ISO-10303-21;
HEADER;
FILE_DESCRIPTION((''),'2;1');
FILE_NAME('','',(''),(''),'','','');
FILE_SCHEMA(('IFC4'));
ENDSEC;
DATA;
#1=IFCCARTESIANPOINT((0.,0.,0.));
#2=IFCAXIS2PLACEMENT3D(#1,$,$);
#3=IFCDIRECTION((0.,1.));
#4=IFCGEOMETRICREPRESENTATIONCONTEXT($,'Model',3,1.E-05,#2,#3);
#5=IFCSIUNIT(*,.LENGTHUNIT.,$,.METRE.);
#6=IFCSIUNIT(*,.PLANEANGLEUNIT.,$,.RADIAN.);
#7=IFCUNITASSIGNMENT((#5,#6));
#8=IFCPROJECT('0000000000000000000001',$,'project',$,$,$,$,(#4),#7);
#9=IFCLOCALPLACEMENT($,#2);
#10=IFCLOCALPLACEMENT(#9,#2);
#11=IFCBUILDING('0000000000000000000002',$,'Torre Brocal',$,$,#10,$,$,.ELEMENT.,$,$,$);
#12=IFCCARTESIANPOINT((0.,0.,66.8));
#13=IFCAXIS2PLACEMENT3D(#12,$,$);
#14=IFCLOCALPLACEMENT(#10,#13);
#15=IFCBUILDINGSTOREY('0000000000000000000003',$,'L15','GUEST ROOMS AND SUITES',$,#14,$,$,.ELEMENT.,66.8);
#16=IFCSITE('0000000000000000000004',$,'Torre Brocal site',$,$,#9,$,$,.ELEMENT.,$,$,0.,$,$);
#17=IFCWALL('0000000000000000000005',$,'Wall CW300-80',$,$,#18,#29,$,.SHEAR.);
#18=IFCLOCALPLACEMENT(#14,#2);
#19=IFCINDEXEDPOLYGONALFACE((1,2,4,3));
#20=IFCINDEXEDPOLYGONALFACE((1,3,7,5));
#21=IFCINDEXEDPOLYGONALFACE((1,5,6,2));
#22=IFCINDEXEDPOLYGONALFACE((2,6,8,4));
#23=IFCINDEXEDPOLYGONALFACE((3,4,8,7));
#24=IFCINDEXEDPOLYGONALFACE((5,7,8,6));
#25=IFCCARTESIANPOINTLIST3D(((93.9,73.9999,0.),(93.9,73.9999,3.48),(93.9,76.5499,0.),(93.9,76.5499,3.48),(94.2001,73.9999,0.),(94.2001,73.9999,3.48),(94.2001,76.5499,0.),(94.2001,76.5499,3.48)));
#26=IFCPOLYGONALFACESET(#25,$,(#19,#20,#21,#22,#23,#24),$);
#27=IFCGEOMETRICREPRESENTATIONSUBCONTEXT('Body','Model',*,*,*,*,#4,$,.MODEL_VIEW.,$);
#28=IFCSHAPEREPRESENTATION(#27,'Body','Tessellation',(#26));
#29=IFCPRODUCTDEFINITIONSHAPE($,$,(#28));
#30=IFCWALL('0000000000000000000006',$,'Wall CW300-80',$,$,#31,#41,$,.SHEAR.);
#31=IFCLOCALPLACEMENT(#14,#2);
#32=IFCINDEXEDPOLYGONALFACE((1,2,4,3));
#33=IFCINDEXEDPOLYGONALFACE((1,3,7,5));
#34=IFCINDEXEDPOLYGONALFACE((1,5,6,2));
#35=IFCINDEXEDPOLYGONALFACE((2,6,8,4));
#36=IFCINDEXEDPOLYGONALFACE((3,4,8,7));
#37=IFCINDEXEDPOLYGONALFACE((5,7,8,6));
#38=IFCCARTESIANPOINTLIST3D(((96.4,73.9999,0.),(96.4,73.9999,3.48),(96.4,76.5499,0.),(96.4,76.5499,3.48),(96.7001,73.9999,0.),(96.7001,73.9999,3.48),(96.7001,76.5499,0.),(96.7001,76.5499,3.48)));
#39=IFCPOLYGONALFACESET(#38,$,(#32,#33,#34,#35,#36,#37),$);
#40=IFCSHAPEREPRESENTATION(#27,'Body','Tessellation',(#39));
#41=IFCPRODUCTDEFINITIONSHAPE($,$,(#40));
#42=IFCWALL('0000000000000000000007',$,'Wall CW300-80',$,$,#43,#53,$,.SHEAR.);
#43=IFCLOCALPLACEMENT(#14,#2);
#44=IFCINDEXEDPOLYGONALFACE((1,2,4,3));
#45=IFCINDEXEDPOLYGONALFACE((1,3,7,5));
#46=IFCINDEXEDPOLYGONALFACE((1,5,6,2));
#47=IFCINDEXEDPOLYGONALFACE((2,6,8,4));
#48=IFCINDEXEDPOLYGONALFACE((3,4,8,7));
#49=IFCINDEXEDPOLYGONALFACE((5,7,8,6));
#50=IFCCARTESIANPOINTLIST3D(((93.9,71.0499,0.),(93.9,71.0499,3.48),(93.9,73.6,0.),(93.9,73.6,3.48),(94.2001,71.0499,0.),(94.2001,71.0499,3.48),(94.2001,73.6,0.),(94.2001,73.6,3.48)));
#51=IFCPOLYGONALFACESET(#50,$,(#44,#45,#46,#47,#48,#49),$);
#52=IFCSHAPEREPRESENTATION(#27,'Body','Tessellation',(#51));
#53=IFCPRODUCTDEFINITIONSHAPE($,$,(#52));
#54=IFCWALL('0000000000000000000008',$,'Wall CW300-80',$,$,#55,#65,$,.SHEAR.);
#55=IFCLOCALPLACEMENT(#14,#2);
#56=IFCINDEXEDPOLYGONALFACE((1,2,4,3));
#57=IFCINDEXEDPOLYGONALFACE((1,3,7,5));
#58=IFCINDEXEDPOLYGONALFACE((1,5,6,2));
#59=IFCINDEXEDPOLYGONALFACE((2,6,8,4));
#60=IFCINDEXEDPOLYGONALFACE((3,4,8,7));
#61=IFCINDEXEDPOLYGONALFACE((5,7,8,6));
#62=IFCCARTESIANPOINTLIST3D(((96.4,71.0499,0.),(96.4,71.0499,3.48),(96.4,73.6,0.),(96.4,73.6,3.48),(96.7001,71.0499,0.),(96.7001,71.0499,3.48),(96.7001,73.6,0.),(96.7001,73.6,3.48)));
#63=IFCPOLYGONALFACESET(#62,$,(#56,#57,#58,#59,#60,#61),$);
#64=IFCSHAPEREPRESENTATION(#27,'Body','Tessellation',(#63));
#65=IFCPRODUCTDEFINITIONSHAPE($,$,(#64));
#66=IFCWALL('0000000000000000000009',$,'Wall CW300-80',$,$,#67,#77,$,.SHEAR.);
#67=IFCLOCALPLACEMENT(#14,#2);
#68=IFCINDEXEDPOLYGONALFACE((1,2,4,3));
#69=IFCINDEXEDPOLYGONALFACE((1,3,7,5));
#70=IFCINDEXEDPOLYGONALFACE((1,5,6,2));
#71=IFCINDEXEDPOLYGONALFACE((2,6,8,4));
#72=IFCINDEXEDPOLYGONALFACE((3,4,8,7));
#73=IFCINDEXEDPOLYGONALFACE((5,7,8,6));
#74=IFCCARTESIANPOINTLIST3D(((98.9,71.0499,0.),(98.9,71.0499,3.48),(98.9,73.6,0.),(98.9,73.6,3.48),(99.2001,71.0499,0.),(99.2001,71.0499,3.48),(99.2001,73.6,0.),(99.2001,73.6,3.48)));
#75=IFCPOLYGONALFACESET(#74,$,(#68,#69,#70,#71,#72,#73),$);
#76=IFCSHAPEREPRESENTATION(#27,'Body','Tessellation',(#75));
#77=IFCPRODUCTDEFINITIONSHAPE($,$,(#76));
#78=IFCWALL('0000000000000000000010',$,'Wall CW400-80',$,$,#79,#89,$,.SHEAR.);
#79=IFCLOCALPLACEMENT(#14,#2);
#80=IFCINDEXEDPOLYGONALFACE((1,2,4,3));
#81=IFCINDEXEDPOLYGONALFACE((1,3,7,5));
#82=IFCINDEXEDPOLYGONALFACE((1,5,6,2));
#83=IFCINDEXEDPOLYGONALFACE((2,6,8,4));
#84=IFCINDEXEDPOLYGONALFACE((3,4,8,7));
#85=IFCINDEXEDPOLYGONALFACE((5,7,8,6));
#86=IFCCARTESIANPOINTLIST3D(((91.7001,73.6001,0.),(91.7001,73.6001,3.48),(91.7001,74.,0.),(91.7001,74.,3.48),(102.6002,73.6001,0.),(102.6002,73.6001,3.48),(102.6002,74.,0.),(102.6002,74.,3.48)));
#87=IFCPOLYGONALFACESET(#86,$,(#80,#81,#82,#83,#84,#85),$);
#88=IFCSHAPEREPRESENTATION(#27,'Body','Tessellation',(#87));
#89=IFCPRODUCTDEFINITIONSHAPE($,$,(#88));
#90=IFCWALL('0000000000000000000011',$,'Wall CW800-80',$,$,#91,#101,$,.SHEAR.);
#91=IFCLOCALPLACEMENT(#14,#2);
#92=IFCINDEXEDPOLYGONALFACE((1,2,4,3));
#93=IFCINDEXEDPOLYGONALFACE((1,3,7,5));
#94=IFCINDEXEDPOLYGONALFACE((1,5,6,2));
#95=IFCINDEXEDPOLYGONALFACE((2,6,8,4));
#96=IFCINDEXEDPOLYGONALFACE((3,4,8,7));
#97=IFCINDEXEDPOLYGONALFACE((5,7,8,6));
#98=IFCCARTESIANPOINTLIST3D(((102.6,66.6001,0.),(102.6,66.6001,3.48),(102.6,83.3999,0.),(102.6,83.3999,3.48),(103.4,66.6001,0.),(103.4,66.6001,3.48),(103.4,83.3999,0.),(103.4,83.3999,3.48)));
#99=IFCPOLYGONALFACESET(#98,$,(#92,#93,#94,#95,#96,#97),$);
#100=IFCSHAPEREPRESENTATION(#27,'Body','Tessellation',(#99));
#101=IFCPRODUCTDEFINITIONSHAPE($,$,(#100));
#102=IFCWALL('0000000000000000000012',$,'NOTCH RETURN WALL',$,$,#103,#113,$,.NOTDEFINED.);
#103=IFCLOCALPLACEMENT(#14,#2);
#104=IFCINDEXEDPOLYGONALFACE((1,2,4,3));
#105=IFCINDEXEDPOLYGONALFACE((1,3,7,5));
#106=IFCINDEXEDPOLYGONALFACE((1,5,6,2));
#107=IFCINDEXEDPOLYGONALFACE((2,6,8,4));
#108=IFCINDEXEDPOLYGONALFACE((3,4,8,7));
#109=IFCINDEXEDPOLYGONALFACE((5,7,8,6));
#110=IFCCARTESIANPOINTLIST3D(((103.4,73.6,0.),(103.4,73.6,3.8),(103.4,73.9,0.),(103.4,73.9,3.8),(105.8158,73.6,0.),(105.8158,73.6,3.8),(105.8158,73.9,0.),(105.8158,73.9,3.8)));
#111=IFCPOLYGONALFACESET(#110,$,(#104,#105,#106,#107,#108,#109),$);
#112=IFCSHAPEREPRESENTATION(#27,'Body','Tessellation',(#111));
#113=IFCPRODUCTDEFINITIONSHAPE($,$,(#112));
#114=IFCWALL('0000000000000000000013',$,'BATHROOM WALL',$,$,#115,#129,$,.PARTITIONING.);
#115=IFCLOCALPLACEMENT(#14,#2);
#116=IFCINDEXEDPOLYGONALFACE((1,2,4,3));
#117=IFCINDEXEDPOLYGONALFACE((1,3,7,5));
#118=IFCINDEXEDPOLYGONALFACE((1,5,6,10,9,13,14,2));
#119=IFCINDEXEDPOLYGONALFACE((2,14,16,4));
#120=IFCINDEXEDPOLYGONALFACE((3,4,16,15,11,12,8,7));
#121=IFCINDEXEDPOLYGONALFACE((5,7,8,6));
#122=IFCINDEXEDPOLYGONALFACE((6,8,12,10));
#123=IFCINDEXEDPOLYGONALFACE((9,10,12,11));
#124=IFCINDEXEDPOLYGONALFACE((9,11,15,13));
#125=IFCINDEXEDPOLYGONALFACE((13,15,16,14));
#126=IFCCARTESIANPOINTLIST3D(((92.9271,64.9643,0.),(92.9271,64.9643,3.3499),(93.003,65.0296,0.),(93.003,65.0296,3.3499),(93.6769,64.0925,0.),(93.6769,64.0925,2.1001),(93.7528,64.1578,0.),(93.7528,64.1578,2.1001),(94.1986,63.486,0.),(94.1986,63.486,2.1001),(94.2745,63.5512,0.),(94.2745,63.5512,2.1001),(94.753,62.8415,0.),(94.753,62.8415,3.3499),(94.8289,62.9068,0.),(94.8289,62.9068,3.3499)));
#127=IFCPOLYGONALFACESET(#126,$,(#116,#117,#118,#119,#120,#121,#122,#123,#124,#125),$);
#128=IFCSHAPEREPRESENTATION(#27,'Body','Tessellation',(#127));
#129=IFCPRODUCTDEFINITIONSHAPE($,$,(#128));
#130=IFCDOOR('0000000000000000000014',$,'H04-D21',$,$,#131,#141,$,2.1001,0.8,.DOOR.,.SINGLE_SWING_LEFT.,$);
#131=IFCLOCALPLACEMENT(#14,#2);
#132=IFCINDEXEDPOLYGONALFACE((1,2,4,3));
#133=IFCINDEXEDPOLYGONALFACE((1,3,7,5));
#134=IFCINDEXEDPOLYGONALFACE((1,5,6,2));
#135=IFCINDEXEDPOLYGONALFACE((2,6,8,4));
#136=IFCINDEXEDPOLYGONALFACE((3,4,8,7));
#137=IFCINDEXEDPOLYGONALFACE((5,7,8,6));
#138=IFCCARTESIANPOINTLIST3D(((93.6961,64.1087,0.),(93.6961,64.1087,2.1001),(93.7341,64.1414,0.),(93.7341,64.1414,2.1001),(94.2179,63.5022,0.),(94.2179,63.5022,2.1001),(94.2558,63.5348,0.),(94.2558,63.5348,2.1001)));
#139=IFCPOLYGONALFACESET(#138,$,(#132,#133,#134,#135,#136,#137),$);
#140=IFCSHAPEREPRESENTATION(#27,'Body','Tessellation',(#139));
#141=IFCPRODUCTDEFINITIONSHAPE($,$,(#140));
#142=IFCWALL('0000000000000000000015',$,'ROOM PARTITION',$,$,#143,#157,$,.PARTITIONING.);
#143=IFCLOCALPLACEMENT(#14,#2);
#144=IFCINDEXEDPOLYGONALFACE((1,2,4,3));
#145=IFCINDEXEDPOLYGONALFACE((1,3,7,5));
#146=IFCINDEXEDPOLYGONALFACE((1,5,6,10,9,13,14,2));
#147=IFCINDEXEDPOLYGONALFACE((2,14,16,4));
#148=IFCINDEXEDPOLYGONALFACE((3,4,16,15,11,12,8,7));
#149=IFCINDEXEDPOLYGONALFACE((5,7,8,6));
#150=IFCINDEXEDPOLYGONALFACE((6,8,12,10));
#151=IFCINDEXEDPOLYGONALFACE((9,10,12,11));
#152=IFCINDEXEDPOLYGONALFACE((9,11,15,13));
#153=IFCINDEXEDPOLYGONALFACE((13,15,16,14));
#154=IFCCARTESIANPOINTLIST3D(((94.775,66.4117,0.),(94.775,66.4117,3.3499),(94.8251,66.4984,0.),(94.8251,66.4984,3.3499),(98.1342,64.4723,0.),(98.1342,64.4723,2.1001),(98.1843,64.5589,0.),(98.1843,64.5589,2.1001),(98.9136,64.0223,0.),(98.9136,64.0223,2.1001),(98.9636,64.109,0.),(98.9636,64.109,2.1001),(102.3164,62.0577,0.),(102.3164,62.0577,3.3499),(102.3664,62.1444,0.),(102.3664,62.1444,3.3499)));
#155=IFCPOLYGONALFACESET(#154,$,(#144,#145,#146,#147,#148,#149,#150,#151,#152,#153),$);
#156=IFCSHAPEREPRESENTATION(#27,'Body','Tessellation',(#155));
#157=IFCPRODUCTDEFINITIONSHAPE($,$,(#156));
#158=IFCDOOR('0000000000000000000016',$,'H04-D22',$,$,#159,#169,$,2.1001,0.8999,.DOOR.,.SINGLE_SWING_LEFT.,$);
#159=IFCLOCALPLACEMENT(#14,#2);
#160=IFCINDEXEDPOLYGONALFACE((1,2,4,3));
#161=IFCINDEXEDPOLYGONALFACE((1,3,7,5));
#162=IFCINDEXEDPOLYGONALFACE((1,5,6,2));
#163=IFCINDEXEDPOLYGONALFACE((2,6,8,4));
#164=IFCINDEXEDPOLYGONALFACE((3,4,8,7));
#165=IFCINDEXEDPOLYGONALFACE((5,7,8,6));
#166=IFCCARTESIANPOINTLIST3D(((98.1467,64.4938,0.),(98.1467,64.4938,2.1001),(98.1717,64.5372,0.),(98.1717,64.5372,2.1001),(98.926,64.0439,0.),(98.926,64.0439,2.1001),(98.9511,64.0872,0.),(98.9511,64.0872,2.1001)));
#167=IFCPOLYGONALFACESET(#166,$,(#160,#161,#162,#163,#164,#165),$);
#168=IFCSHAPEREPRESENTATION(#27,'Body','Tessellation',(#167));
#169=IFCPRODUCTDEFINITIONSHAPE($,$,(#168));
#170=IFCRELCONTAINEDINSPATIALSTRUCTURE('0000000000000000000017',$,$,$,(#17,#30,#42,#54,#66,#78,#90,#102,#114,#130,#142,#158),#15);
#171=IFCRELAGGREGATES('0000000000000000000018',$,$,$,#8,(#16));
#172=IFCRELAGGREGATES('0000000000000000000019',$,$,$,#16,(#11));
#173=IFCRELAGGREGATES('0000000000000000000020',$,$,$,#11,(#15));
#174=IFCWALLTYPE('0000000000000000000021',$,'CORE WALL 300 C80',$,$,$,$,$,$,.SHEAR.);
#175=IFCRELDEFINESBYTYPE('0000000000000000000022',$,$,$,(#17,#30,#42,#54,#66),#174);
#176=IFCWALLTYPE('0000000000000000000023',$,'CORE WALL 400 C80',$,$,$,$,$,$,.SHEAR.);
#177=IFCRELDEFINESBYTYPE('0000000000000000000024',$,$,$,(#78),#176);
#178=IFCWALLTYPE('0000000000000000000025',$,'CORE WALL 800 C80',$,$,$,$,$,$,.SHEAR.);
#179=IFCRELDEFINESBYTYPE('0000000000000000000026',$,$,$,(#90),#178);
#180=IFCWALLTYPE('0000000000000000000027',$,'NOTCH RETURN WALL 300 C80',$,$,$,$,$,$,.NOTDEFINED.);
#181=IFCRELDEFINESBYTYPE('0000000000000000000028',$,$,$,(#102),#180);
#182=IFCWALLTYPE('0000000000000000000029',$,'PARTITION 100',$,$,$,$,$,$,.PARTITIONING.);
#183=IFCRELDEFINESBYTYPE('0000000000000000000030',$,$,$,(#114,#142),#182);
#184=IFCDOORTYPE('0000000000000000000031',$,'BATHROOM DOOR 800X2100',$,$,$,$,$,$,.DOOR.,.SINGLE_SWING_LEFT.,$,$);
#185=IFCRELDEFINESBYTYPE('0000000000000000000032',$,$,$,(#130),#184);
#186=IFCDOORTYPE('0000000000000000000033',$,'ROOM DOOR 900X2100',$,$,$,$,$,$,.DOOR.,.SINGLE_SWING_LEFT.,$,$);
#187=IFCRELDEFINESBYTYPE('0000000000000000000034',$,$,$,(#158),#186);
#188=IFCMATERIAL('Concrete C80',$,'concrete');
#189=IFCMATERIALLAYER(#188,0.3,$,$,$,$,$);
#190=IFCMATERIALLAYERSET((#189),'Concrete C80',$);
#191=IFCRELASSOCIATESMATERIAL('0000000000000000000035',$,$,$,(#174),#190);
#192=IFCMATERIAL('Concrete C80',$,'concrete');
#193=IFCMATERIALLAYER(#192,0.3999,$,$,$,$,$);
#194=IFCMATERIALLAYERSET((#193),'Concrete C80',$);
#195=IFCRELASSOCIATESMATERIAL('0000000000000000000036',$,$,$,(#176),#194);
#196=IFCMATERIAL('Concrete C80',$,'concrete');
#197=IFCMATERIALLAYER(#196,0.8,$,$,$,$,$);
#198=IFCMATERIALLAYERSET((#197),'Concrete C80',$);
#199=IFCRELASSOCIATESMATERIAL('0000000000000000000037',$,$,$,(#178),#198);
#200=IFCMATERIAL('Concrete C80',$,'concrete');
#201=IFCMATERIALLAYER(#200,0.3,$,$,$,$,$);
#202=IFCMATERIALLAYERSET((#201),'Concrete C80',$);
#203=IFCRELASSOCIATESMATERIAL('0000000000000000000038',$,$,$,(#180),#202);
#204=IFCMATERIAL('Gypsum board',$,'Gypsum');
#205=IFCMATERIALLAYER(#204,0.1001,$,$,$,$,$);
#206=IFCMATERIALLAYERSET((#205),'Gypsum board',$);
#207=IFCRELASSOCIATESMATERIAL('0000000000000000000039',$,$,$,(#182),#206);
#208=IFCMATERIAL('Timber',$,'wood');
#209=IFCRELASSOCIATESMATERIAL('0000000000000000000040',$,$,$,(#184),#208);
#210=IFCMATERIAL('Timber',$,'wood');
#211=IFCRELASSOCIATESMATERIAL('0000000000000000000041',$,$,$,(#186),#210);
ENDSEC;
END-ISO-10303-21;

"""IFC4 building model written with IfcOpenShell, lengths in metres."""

from ifc_helpers import new_model, si_unit, direction, frame, frame_2d, origin, place, context, subcontext, project, spatial, rectangle, extrude, material, layer, layer_set, type_object, element, fill, save


model = new_model("IFC4")

# Units and contexts
model_context = context("Model", 3, precision=1e-05, world=origin(), true_north=direction((0.0, 1.0)))
body_context = subcontext(model_context, "Body", "Model", "MODEL_VIEW")
ifc_project = project(units=[si_unit("LENGTHUNIT", "METRE"), si_unit("PLANEANGLEUNIT", "RADIAN")], contexts=[model_context])

# Site, building, storey
site_placement = place(None, origin())
site = spatial("IfcSite", under=ifc_project, at=site_placement, Name="Torre Brocal site", CompositionType="ELEMENT", RefElevation=0.0)
building_placement = place(site_placement, origin())
building = spatial("IfcBuilding", under=site, at=building_placement, Name="Torre Brocal", CompositionType="ELEMENT")
storey_placement = place(building_placement, frame((0.0, 0.0, 66.8)))
storey = spatial("IfcBuildingStorey", under=building, at=storey_placement, Name="L15", Description="GUEST ROOMS AND SUITES", CompositionType="ELEMENT", Elevation=66.8)

# Shared definitions
ifc_material_1 = material(Name="Concrete C80", Category="concrete")
ifc_layer_1 = layer(ifc_material_1, 0.3)
ifc_layer_set_1 = layer_set([ifc_layer_1], Name="Concrete C80")
wall_type_1 = type_object("IfcWallType", Name="CORE WALL 300 C80", PredefinedType="SHEAR", material=ifc_layer_set_1)

# Walls
for number, where, z_axis, x_axis, name in (
    (1, (94.05, 74.0, 0.0), (0.0, 0.0, 1.0), (0.0, 1.0, 0.0), "Wall CW300-80"),
    (2, (96.55, 74.0, 0.0), (0.0, 0.0, 1.0), (0.0, 1.0, 0.0), "Wall CW300-80"),
    (3, (94.05, 71.05, 0.0), (0.0, 0.0, 1.0), (0.0, 1.0, 0.0), "Wall CW300-80"),
    (4, (96.55, 71.05, 0.0), (0.0, 0.0, 1.0), (0.0, 1.0, 0.0), "Wall CW300-80"),
    (5, (99.05, 71.05, 0.0), (0.0, 0.0, 1.0), (0.0, 1.0, 0.0), "Wall CW300-80"),
):
    element("IfcWall", number, at=place(storey_placement, frame(where, z_axis=z_axis, x_axis=x_axis)), inside=storey, type_object=wall_type_1, Name=name, PredefinedType="SHEAR", context=body_context, shape_type="SweptSolid", body=[
        extrude(rectangle(XDim=2.55, YDim=0.3, at=frame_2d((1.2749, 0.0))), origin(), (0.0, 0.0, 1.0), 3.48),
    ])
ifc_material_2 = material(Name="Concrete C80", Category="concrete")
ifc_layer_2 = layer(ifc_material_2, 0.3999)
ifc_layer_set_2 = layer_set([ifc_layer_2], Name="Concrete C80")
wall_type_2 = type_object("IfcWallType", Name="CORE WALL 400 C80", PredefinedType="SHEAR", material=ifc_layer_set_2)
wall_1_placement = place(storey_placement, frame((91.7, 73.8, 0.0), z_axis=(0.0, 0.0, 1.0), x_axis=(1.0, 0.0, 0.0)))
element("IfcWall", 6, at=wall_1_placement, inside=storey, type_object=wall_type_2, Name="Wall CW400-80", PredefinedType="SHEAR", context=body_context, shape_type="SweptSolid", body=[
    extrude(rectangle(XDim=10.9001, YDim=0.3999, at=frame_2d((5.4502, 0.0))), origin(), (0.0, 0.0, 1.0), 3.48),
])
ifc_material_3 = material(Name="Concrete C80", Category="concrete")
ifc_layer_3 = layer(ifc_material_3, 0.8)
ifc_layer_set_3 = layer_set([ifc_layer_3], Name="Concrete C80")
wall_type_3 = type_object("IfcWallType", Name="CORE WALL 800 C80", PredefinedType="SHEAR", material=ifc_layer_set_3)
wall_2_placement = place(storey_placement, frame((103.0, 66.6001, 0.0), z_axis=(0.0, 0.0, 1.0), x_axis=(0.0, 1.0, 0.0)))
element("IfcWall", 7, at=wall_2_placement, inside=storey, type_object=wall_type_3, Name="Wall CW800-80", PredefinedType="SHEAR", context=body_context, shape_type="SweptSolid", body=[
    extrude(rectangle(XDim=16.7998, YDim=0.8, at=frame_2d((8.3999, 0.0))), origin(), (0.0, 0.0, 1.0), 3.48),
])
ifc_material_4 = material(Name="Concrete C80", Category="concrete")
ifc_layer_4 = layer(ifc_material_4, 0.3)
ifc_layer_set_4 = layer_set([ifc_layer_4], Name="Concrete C80")
wall_type_4 = type_object("IfcWallType", Name="NOTCH RETURN WALL 300 C80", PredefinedType="NOTDEFINED", material=ifc_layer_set_4)
wall_3_placement = place(storey_placement, frame((103.3999, 73.75, 0.0), z_axis=(0.0, 0.0, 1.0), x_axis=(1.0, 0.0, 0.0)))
element("IfcWall", 8, at=wall_3_placement, inside=storey, type_object=wall_type_4, Name="NOTCH RETURN WALL", PredefinedType="NOTDEFINED", context=body_context, shape_type="SweptSolid", body=[
    extrude(rectangle(XDim=2.4158, YDim=0.3, at=frame_2d((1.208, 0.0))), origin(), (0.0, 0.0, 1.0), 3.8),
])

# Walls, openings, doors
ifc_material_5 = material(Name="Gypsum board", Category="Gypsum")
ifc_layer_5 = layer(ifc_material_5, 0.1001)
ifc_layer_set_5 = layer_set([ifc_layer_5], Name="Gypsum board")
wall_type_5 = type_object("IfcWallType", Name="PARTITION 100", PredefinedType="PARTITIONING", material=ifc_layer_set_5)
wall_4_placement = place(storey_placement, frame((92.9651, 64.9968, 0.0), z_axis=(0.0, 0.0, 1.0), x_axis=(0.652104, -0.758129, 0.0)))
wall_4 = element("IfcWall", 9, at=wall_4_placement, inside=storey, type_object=wall_type_5, Name="BATHROOM WALL", PredefinedType="PARTITIONING", context=body_context, shape_type="SweptSolid", body=[
    extrude(rectangle(XDim=2.8, YDim=0.1001, at=frame_2d((1.3999, 0.0))), origin(), (0.0, 0.0, 1.0), 3.3499),
])
opening_1_placement = place(wall_4_placement, frame((1.1499, 0.0, 0.0)))
opening_1 = element("IfcOpeningElement", 10, at=opening_1_placement, cuts=wall_4, PredefinedType="OPENING", context=body_context, shape_type="SweptSolid", body=[
    extrude(rectangle(XDim=0.8, YDim=2.1001, at=frame_2d((0.3999, 1.05))), frame((0.0, 0.0601, 0.0), z_axis=(0.0, -1.0, 0.0), x_axis=(1.0, 0.0, 0.0)), (0.0, 0.0, 1.0), 0.1201),
])
ifc_material_6 = material(Name="Timber", Category="wood")
door_type_1 = type_object("IfcDoorType", Name="BATHROOM DOOR 800X2100", OperationType="SINGLE_SWING_LEFT", PredefinedType="DOOR", material=ifc_material_6)
door_1_placement = place(opening_1_placement, frame((0.8, 0.0, 0.0), z_axis=(0.0, 0.0, 1.0), x_axis=(-1.0, 0.0, 0.0)))
door_1 = element("IfcDoor", 11, at=door_1_placement, inside=storey, type_object=door_type_1, Name="H04-D21", OperationType="SINGLE_SWING_LEFT", OverallHeight=2.1001, OverallWidth=0.8, PredefinedType="DOOR", context=body_context, shape_type="SweptSolid", body=[
    extrude(rectangle(XDim=0.8, YDim=2.1001, at=frame_2d((0.3999, 1.05))), frame((0.0, 0.0249, 0.0), z_axis=(0.0, -1.0, 0.0), x_axis=(1.0, 0.0, 0.0)), (0.0, 0.0, 1.0), 0.05),
])
fill(opening_1, door_1)
wall_5_placement = place(storey_placement, frame((94.8, 66.4551, 0.0), z_axis=(0.0, 0.0, 1.0), x_axis=(0.866023, -0.500005, 0.0)))
wall_5 = element("IfcWall", 12, at=wall_5_placement, inside=storey, type_object=wall_type_5, Name="ROOM PARTITION", PredefinedType="PARTITIONING", context=body_context, shape_type="SweptSolid", body=[
    extrude(rectangle(XDim=8.708, YDim=0.1001, at=frame_2d((4.354, 0.0))), origin(), (0.0, 0.0, 1.0), 3.3499),
])
opening_2_placement = place(wall_5_placement, frame((3.8789, 0.0, 0.0)))
opening_2 = element("IfcOpeningElement", 13, at=opening_2_placement, cuts=wall_5, PredefinedType="OPENING", context=body_context, shape_type="SweptSolid", body=[
    extrude(rectangle(XDim=0.8999, YDim=2.1001, at=frame_2d((0.45, 1.05))), frame((0.0, 0.0601, 0.0), z_axis=(0.0, -1.0, 0.0), x_axis=(1.0, 0.0, 0.0)), (0.0, 0.0, 1.0), 0.1201),
])
ifc_material_7 = material(Name="Timber", Category="wood")
door_type_2 = type_object("IfcDoorType", Name="ROOM DOOR 900X2100", OperationType="SINGLE_SWING_LEFT", PredefinedType="DOOR", material=ifc_material_7)
door_2_placement = place(opening_2_placement, origin())
door_2 = element("IfcDoor", 14, at=door_2_placement, inside=storey, type_object=door_type_2, Name="H04-D22", OperationType="SINGLE_SWING_LEFT", OverallHeight=2.1001, OverallWidth=0.8999, PredefinedType="DOOR", context=body_context, shape_type="SweptSolid", body=[
    extrude(rectangle(XDim=0.8999, YDim=2.1001, at=frame_2d((0.45, 1.05))), frame((0.0, 0.0249, 0.0), z_axis=(0.0, -1.0, 0.0), x_axis=(1.0, 0.0, 0.0)), (0.0, 0.0, 1.0), 0.05),
])
fill(opening_2, door_2)

save(model, "model.ifc")
